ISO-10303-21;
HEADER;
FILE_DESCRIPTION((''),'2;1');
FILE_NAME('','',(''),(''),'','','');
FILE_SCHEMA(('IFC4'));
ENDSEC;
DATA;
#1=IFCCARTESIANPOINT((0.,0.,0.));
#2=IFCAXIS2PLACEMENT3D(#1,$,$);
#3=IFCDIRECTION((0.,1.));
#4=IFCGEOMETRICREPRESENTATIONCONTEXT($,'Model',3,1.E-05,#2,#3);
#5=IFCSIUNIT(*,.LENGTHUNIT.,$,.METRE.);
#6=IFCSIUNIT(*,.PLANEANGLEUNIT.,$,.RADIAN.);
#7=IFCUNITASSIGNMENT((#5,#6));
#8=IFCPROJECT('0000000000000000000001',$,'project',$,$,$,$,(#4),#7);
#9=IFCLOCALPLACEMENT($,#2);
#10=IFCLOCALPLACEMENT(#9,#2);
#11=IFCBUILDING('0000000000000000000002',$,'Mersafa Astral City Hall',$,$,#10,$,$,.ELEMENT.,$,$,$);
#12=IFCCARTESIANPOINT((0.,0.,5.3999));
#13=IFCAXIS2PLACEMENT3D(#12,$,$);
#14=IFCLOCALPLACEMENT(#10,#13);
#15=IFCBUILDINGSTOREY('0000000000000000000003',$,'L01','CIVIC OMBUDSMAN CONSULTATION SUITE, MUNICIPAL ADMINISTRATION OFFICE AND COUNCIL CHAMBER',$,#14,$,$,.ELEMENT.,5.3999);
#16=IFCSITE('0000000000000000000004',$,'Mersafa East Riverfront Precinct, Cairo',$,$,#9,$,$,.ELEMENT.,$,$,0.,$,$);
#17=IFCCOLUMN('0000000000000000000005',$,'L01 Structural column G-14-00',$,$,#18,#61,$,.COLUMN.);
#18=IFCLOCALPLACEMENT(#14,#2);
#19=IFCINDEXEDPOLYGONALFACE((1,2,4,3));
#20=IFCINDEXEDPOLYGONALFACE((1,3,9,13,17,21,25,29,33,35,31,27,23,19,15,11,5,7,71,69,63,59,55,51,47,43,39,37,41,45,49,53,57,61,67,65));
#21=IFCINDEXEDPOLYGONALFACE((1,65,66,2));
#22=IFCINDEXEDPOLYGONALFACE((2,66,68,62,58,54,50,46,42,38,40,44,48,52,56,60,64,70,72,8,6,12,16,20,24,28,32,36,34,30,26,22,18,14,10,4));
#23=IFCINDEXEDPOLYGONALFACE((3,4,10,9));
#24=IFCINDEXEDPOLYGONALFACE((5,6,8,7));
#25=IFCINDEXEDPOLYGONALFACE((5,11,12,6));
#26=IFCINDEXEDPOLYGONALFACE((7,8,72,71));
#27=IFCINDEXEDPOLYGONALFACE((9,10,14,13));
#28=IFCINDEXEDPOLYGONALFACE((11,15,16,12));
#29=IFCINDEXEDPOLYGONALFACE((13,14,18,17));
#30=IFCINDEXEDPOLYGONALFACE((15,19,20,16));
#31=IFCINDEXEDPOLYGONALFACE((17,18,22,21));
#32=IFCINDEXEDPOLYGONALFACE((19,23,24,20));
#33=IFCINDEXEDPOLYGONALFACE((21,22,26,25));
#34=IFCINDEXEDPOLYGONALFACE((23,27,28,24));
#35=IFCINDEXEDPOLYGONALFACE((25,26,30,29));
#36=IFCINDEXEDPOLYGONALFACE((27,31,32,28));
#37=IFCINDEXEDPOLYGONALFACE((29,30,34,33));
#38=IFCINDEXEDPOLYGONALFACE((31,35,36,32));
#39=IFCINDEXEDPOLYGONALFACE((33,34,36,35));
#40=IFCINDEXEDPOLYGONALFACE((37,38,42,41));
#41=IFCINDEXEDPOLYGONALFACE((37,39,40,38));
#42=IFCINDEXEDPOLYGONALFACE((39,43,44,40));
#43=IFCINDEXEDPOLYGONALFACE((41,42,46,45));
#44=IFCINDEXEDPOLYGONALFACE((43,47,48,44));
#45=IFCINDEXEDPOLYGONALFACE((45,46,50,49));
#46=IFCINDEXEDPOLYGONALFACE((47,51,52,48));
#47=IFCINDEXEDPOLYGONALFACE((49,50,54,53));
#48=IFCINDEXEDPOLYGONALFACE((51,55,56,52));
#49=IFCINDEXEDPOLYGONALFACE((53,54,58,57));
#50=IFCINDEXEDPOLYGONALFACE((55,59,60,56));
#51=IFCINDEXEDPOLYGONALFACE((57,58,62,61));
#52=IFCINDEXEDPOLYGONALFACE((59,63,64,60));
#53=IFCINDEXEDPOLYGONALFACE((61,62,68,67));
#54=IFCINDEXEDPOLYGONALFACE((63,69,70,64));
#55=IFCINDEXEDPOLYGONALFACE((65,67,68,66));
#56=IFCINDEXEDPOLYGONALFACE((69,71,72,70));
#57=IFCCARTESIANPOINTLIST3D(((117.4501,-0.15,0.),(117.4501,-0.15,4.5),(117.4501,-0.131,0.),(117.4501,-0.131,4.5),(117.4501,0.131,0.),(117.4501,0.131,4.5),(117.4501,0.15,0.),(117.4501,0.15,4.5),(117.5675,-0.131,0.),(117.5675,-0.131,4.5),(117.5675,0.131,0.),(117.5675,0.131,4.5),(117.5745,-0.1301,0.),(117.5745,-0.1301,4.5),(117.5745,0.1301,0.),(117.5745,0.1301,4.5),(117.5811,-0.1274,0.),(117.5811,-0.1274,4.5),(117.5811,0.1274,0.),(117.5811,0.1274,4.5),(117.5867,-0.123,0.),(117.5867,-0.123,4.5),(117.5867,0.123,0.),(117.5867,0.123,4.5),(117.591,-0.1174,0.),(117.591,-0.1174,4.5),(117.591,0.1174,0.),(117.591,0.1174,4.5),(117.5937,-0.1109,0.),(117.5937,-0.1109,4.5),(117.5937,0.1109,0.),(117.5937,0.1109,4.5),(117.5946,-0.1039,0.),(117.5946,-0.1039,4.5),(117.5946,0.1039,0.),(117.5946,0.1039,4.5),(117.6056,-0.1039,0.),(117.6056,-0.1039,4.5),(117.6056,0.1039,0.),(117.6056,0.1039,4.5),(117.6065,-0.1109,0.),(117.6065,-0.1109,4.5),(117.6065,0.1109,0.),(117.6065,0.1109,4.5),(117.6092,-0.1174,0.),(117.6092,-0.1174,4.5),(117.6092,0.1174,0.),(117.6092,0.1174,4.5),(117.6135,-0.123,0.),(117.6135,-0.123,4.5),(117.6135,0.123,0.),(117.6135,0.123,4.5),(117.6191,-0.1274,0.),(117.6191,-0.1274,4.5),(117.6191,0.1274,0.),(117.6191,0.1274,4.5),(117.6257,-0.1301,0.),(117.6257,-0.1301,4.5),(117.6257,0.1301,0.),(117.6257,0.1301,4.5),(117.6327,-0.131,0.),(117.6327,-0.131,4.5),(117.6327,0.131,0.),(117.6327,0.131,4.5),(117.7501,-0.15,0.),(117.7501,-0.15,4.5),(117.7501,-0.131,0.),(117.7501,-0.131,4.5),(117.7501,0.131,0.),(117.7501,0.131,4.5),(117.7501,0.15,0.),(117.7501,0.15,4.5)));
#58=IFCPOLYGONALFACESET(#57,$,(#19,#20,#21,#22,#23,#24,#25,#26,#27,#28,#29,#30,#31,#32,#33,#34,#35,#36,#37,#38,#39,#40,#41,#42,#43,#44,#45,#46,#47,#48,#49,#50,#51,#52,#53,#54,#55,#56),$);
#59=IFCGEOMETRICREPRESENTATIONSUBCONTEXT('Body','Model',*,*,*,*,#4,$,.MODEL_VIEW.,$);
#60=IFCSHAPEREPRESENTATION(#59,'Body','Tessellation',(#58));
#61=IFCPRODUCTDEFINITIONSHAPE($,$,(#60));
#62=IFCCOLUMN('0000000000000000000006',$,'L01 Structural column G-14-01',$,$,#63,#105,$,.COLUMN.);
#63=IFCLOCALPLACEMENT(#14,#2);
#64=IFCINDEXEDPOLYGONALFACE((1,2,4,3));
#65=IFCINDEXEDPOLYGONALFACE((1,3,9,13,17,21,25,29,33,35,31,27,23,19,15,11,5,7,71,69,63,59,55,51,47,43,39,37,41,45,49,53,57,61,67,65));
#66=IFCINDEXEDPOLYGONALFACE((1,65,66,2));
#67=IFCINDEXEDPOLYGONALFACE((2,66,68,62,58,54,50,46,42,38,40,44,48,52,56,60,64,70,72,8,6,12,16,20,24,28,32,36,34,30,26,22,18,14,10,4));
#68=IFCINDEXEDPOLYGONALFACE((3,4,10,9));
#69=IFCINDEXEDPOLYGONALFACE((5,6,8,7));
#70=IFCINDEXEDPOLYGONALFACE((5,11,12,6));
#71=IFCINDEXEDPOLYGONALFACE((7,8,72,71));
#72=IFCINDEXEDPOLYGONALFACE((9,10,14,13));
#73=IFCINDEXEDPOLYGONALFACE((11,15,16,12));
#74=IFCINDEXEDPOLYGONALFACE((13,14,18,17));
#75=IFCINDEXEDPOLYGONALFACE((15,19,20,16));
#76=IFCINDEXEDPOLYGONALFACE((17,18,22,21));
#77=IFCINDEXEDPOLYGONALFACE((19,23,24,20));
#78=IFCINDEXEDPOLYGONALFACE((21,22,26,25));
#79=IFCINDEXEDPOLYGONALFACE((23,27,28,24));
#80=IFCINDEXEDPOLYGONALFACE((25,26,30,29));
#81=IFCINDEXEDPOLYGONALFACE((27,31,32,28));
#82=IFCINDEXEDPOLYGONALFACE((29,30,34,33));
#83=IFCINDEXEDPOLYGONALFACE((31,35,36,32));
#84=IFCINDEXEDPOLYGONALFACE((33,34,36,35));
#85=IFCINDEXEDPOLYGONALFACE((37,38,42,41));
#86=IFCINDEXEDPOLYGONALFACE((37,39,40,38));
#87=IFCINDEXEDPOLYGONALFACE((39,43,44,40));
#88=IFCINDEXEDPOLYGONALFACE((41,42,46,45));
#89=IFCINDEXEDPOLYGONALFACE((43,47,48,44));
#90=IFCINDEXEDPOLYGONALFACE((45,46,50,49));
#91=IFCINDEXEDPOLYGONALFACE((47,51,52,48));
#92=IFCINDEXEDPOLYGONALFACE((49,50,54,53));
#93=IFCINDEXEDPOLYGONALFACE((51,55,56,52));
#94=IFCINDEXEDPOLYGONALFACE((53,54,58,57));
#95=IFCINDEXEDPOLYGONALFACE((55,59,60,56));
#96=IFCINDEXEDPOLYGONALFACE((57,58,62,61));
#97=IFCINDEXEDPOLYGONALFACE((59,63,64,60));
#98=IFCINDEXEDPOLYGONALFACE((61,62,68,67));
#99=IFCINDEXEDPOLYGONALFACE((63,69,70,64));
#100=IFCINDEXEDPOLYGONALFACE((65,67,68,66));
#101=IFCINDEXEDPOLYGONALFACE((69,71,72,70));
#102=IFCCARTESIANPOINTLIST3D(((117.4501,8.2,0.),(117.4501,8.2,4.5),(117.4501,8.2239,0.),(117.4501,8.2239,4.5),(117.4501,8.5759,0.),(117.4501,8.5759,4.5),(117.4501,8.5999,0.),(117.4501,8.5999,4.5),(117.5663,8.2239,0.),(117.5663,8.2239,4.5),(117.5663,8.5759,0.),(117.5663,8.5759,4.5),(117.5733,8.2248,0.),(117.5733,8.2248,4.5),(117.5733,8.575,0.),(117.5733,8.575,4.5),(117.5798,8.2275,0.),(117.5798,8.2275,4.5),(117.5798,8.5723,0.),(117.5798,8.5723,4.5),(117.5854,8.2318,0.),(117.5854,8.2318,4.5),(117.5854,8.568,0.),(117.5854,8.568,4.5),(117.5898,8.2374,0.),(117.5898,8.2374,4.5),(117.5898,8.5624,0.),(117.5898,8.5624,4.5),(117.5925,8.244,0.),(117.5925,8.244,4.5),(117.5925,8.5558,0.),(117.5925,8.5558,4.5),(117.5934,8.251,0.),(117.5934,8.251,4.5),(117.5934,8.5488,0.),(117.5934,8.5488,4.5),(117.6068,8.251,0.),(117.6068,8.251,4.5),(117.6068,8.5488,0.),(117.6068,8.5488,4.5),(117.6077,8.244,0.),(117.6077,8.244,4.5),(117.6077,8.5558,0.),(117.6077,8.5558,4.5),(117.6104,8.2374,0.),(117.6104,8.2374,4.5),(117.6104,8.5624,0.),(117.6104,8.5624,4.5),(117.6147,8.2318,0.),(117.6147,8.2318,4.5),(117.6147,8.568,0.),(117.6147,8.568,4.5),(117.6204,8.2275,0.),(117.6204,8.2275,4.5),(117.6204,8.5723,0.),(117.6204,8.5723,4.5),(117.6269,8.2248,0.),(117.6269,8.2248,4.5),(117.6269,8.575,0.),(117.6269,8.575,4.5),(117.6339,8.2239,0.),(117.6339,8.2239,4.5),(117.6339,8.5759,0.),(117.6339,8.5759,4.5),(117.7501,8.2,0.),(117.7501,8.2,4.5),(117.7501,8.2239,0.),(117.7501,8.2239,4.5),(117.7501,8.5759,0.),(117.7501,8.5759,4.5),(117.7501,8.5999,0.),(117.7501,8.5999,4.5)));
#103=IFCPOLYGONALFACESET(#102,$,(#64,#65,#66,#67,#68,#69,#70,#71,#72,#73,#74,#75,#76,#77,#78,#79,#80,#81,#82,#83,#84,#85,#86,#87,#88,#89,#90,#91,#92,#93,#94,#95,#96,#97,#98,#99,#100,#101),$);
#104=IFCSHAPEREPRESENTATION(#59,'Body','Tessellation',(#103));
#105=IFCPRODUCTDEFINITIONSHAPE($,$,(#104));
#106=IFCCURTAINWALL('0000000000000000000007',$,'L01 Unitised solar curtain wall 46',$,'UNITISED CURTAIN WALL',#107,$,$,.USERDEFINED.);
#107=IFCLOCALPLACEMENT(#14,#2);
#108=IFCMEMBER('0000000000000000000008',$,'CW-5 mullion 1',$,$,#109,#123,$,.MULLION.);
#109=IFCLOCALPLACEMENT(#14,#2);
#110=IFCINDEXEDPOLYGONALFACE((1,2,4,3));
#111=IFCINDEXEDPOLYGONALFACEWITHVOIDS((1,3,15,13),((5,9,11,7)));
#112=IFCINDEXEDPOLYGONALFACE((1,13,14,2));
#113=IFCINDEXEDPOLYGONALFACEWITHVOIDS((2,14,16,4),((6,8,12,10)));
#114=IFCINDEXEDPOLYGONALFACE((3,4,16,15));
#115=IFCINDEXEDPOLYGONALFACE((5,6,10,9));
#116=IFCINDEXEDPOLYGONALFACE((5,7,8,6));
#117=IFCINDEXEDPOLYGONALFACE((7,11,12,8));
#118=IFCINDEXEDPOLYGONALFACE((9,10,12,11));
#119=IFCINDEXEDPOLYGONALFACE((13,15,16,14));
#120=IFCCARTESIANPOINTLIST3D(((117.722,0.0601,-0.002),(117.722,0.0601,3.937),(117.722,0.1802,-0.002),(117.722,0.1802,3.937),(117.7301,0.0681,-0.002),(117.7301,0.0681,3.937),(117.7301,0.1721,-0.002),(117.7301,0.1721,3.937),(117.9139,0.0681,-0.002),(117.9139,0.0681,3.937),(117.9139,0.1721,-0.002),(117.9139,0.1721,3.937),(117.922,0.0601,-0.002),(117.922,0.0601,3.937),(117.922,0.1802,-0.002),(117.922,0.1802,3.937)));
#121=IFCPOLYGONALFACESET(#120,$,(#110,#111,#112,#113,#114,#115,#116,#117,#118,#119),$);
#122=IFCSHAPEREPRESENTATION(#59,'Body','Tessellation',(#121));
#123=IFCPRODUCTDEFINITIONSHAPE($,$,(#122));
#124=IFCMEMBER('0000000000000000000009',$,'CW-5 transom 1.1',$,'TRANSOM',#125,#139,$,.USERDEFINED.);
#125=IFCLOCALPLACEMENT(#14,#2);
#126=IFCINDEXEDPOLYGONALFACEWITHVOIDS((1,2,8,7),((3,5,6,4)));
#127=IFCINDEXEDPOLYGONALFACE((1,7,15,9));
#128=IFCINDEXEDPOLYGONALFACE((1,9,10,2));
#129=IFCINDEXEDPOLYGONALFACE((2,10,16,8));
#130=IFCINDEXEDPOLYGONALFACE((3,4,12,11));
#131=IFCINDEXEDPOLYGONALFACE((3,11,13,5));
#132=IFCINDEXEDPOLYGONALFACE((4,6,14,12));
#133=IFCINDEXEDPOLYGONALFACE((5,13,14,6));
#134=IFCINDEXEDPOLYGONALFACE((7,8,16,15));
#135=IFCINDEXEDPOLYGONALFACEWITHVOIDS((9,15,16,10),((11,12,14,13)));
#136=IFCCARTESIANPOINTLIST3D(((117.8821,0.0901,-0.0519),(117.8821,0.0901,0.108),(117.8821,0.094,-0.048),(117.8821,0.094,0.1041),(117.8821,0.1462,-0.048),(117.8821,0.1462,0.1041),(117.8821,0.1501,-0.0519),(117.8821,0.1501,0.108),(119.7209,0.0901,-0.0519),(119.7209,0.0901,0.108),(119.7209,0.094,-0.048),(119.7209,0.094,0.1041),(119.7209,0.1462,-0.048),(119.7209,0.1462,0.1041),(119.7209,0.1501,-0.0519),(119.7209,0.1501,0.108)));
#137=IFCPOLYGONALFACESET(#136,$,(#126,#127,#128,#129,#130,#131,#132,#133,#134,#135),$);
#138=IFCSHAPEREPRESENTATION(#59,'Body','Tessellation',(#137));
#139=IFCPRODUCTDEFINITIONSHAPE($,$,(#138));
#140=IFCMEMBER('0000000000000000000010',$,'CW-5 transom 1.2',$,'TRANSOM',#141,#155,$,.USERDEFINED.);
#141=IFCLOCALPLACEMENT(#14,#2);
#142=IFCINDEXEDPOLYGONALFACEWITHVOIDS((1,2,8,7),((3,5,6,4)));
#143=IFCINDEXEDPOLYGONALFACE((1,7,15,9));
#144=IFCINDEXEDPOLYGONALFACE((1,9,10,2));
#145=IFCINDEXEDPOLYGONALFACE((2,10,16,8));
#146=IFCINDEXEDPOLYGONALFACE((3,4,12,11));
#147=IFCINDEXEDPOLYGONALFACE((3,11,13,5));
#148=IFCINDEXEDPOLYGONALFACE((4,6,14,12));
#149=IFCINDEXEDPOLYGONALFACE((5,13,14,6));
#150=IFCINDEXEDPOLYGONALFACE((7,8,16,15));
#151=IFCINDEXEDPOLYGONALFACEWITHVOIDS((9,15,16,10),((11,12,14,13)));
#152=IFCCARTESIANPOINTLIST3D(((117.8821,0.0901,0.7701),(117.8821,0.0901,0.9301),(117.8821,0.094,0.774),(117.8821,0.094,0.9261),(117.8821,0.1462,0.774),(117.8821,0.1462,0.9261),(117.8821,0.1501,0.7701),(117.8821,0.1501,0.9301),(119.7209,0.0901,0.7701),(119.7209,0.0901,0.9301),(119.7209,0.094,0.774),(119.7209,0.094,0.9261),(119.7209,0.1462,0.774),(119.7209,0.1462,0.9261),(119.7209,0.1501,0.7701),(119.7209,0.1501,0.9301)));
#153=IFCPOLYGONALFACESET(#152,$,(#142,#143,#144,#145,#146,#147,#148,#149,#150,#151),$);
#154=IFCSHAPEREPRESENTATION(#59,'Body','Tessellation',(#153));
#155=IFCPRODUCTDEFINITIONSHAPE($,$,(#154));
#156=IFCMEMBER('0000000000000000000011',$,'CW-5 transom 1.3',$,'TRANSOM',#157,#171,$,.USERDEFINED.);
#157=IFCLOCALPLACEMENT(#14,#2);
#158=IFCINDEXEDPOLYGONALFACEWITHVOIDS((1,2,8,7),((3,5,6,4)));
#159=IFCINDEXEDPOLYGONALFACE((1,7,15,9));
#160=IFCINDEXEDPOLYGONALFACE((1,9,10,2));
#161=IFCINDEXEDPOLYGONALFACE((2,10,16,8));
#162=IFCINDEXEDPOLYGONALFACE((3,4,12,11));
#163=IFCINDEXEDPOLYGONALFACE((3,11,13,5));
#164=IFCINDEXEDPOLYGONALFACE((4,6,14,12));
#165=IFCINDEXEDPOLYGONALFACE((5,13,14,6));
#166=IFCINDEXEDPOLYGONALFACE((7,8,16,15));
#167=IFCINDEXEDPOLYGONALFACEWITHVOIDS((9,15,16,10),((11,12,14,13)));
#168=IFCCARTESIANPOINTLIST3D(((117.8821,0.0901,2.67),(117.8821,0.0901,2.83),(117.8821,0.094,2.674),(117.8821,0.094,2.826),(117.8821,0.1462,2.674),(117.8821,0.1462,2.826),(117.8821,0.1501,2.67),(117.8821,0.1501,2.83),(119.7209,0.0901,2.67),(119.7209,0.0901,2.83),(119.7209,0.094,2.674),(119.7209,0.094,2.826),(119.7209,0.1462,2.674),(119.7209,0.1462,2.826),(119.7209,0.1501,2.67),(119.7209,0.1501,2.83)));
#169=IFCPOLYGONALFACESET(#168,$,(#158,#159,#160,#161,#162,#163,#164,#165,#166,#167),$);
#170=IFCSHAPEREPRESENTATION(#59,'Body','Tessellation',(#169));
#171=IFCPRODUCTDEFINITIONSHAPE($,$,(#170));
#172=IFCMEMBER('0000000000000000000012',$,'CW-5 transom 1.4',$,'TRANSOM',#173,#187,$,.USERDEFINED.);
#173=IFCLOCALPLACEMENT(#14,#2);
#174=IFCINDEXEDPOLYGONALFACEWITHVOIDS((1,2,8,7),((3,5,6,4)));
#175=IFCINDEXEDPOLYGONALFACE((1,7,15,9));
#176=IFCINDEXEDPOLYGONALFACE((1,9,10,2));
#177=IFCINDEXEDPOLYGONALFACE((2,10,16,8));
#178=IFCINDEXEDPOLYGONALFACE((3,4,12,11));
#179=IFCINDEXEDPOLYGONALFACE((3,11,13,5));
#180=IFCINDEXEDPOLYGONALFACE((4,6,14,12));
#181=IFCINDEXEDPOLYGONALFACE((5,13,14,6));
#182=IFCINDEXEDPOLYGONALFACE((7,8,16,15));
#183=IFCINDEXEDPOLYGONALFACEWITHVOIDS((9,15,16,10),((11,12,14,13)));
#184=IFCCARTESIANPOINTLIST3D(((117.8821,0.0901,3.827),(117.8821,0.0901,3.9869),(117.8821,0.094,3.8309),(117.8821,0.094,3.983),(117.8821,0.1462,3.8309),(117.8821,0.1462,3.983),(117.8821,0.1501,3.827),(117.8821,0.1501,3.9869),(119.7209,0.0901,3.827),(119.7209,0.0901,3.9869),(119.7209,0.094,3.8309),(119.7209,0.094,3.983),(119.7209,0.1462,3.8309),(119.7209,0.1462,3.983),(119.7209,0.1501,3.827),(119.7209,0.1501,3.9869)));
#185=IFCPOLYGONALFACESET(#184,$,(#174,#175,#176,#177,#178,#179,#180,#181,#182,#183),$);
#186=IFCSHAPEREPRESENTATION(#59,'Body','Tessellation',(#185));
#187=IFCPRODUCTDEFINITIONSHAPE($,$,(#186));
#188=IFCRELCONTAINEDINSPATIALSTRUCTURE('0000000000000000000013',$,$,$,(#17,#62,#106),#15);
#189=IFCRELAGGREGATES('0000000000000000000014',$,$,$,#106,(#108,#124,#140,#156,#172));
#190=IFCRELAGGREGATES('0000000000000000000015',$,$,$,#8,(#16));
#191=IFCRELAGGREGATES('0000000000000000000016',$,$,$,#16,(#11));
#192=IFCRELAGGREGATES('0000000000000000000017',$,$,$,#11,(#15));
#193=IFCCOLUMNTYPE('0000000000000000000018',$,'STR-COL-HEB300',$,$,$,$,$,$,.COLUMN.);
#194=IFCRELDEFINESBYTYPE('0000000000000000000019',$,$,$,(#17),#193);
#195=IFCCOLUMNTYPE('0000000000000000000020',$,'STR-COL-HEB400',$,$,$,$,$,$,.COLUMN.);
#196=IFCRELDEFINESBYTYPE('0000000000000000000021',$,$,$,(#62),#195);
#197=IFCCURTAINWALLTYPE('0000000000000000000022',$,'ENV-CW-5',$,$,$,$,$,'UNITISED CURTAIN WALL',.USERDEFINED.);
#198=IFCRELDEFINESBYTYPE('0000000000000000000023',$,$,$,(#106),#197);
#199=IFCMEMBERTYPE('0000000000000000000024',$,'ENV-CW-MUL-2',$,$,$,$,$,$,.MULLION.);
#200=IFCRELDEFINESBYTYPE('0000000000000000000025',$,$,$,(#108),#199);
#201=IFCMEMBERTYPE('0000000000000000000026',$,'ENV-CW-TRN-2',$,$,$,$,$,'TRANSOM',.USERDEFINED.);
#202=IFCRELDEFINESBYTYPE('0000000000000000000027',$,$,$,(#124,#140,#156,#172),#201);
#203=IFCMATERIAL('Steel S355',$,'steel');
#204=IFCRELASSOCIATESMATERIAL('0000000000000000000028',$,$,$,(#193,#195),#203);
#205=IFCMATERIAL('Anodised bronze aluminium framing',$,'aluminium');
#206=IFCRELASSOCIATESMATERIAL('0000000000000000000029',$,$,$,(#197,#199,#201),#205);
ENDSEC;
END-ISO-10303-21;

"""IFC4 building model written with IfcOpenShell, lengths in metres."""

from ifc_helpers import new_model, si_unit, direction, frame, origin, origin_2d, place, context, subcontext, project, spatial, hollow_rectangle, i_section, extrude, material, material_profile, profile_set, type_object, element, aggregate, save


model = new_model("IFC4")

# Units and contexts
model_context = context("Model", 3, precision=1e-05, world=origin(), true_north=direction((0.0, 1.0)))
body_context = subcontext(model_context, "Body", "Model", "MODEL_VIEW")
ifc_project = project(units=[si_unit("LENGTHUNIT", "METRE"), si_unit("PLANEANGLEUNIT", "RADIAN")], contexts=[model_context])

# Site, building, storey
site_placement = place(None, origin())
site = spatial("IfcSite", under=ifc_project, at=site_placement, Name="Mersafa East Riverfront Precinct, Cairo", CompositionType="ELEMENT", RefElevation=0.0)
building_placement = place(site_placement, origin())
building = spatial("IfcBuilding", under=site, at=building_placement, Name="Mersafa Astral City Hall", CompositionType="ELEMENT")
storey_placement = place(building_placement, frame((0.0, 0.0, 5.3999)))
storey = spatial("IfcBuildingStorey", under=building, at=storey_placement, Name="L01", Description="CIVIC OMBUDSMAN CONSULTATION SUITE, MUNICIPAL ADMINISTRATION OFFICE AND COUNCIL CHAMBER", CompositionType="ELEMENT", Elevation=5.3999)

# Columns
ifc_material_1 = material(Name="Steel S355", Category="steel")
ifc_material_profile_1 = material_profile(ifc_material_1, i_section(OverallWidth=0.3, OverallDepth=0.3, WebThickness=0.011, FlangeThickness=0.019, FilletRadius=0.0271, at=origin_2d()), Name="HEB 300")
ifc_profile_set_1 = profile_set([ifc_material_profile_1], Name="Steel S355")
column_type_1 = type_object("IfcColumnType", Name="STR-COL-HEB300", PredefinedType="COLUMN", material=ifc_profile_set_1)
column_1_placement = place(storey_placement, frame((117.6001, 0.0, 0.0), z_axis=(0.0, 0.0, 1.0), x_axis=(1.0, 0.0, 0.0)))
element("IfcColumn", 1, at=column_1_placement, inside=storey, type_object=column_type_1, Name="L01 Structural column G-14-00", PredefinedType="COLUMN", context=body_context, shape_type="SweptSolid", body=[
    extrude(i_section(OverallWidth=0.3, OverallDepth=0.3, WebThickness=0.011, FlangeThickness=0.019, FilletRadius=0.0271, at=origin_2d()), origin(), (0.0, 0.0, 1.0), 4.5),
])
ifc_material_profile_2 = material_profile(ifc_material_1, i_section(OverallWidth=0.3, OverallDepth=0.3999, WebThickness=0.0134, FlangeThickness=0.0239, FilletRadius=0.0271, at=origin_2d()), Name="HEB 400")
ifc_profile_set_2 = profile_set([ifc_material_profile_2], Name="Steel S355")
column_type_2 = type_object("IfcColumnType", Name="STR-COL-HEB400", PredefinedType="COLUMN", material=ifc_profile_set_2)
column_2_placement = place(storey_placement, frame((117.6001, 8.3999, 0.0), z_axis=(0.0, 0.0, 1.0), x_axis=(1.0, 0.0, 0.0)))
element("IfcColumn", 2, at=column_2_placement, inside=storey, type_object=column_type_2, Name="L01 Structural column G-14-01", PredefinedType="COLUMN", context=body_context, shape_type="SweptSolid", body=[
    extrude(i_section(OverallWidth=0.3, OverallDepth=0.3999, WebThickness=0.0134, FlangeThickness=0.0239, FilletRadius=0.0271, at=origin_2d()), origin(), (0.0, 0.0, 1.0), 4.5),
])

# Curtain wall, members
ifc_material_2 = material(Name="Anodised bronze aluminium framing", Category="aluminium")
curtain_wall_type = type_object("IfcCurtainWallType", Name="ENV-CW-5", ElementType="UNITISED CURTAIN WALL", PredefinedType="USERDEFINED", material=ifc_material_2)
curtain_wall_placement = place(storey_placement, origin())
curtain_wall = element("IfcCurtainWall", 3, at=curtain_wall_placement, inside=storey, type_object=curtain_wall_type, Name="L01 Unitised solar curtain wall 46", ObjectType="UNITISED CURTAIN WALL", PredefinedType="USERDEFINED")
ifc_material_profile_3 = material_profile(ifc_material_2, hollow_rectangle(XDim=0.1201, YDim=0.2, WallThickness=0.0081, at=origin_2d()), Name="RHS 120x200x8")
ifc_profile_set_3 = profile_set([ifc_material_profile_3], Name="Anodised bronze aluminium framing")
member_type_1 = type_object("IfcMemberType", Name="ENV-CW-MUL-2", PredefinedType="MULLION", material=ifc_profile_set_3)
member_1_placement = place(storey_placement, frame((117.822, 0.1201, -0.002), z_axis=(0.0, 0.0, 1.0), x_axis=(0.0, 1.0, 0.0)))
member_1 = element("IfcMember", 4, at=member_1_placement, type_object=member_type_1, Name="CW-5 mullion 1", PredefinedType="MULLION", context=body_context, shape_type="SweptSolid", body=[
    extrude(hollow_rectangle(XDim=0.1201, YDim=0.2, WallThickness=0.0081, at=origin_2d()), origin(), (0.0, 0.0, 1.0), 3.939),
])
ifc_material_profile_4 = material_profile(ifc_material_2, hollow_rectangle(XDim=0.0601, YDim=0.1599, WallThickness=0.0039, at=origin_2d()), Name="RHS 60x160x4")
ifc_profile_set_4 = profile_set([ifc_material_profile_4], Name="Anodised bronze aluminium framing")
member_type_2 = type_object("IfcMemberType", Name="ENV-CW-TRN-2", ElementType="TRANSOM", PredefinedType="USERDEFINED", material=ifc_profile_set_4)
member_2_placement = place(storey_placement, frame((117.8821, 0.1201, 0.0281), z_axis=(1.0, 0.0, 0.0), x_axis=(0.0, 1.0, 0.0)))
member_2 = element("IfcMember", 5, at=member_2_placement, type_object=member_type_2, Name="CW-5 transom 1.1", ObjectType="TRANSOM", PredefinedType="USERDEFINED", context=body_context, shape_type="SweptSolid", body=[
    extrude(hollow_rectangle(XDim=0.0601, YDim=0.1599, WallThickness=0.0039, at=origin_2d()), origin(), (0.0, 0.0, 1.0), 1.8389),
])
member_3_placement = place(storey_placement, frame((117.8821, 0.1201, 0.8501), z_axis=(1.0, 0.0, 0.0), x_axis=(0.0, 1.0, 0.0)))
member_3 = element("IfcMember", 6, at=member_3_placement, type_object=member_type_2, Name="CW-5 transom 1.2", ObjectType="TRANSOM", PredefinedType="USERDEFINED", context=body_context, shape_type="SweptSolid", body=[
    extrude(hollow_rectangle(XDim=0.0601, YDim=0.1599, WallThickness=0.0039, at=origin_2d()), origin(), (0.0, 0.0, 1.0), 1.8389),
])
member_4_placement = place(storey_placement, frame((117.8821, 0.1201, 2.75), z_axis=(1.0, 0.0, 0.0), x_axis=(0.0, 1.0, 0.0)))
member_4 = element("IfcMember", 7, at=member_4_placement, type_object=member_type_2, Name="CW-5 transom 1.3", ObjectType="TRANSOM", PredefinedType="USERDEFINED", context=body_context, shape_type="SweptSolid", body=[
    extrude(hollow_rectangle(XDim=0.0601, YDim=0.1599, WallThickness=0.0039, at=origin_2d()), origin(), (0.0, 0.0, 1.0), 1.8389),
])
member_5_placement = place(storey_placement, frame((117.8821, 0.1201, 3.907), z_axis=(1.0, 0.0, 0.0), x_axis=(0.0, 1.0, 0.0)))
member_5 = element("IfcMember", 8, at=member_5_placement, type_object=member_type_2, Name="CW-5 transom 1.4", ObjectType="TRANSOM", PredefinedType="USERDEFINED", context=body_context, shape_type="SweptSolid", body=[
    extrude(hollow_rectangle(XDim=0.0601, YDim=0.1599, WallThickness=0.0039, at=origin_2d()), origin(), (0.0, 0.0, 1.0), 1.8389),
])

aggregate(curtain_wall, [member_1, member_2, member_3, member_4, member_5])

save(model, "model.ifc")
